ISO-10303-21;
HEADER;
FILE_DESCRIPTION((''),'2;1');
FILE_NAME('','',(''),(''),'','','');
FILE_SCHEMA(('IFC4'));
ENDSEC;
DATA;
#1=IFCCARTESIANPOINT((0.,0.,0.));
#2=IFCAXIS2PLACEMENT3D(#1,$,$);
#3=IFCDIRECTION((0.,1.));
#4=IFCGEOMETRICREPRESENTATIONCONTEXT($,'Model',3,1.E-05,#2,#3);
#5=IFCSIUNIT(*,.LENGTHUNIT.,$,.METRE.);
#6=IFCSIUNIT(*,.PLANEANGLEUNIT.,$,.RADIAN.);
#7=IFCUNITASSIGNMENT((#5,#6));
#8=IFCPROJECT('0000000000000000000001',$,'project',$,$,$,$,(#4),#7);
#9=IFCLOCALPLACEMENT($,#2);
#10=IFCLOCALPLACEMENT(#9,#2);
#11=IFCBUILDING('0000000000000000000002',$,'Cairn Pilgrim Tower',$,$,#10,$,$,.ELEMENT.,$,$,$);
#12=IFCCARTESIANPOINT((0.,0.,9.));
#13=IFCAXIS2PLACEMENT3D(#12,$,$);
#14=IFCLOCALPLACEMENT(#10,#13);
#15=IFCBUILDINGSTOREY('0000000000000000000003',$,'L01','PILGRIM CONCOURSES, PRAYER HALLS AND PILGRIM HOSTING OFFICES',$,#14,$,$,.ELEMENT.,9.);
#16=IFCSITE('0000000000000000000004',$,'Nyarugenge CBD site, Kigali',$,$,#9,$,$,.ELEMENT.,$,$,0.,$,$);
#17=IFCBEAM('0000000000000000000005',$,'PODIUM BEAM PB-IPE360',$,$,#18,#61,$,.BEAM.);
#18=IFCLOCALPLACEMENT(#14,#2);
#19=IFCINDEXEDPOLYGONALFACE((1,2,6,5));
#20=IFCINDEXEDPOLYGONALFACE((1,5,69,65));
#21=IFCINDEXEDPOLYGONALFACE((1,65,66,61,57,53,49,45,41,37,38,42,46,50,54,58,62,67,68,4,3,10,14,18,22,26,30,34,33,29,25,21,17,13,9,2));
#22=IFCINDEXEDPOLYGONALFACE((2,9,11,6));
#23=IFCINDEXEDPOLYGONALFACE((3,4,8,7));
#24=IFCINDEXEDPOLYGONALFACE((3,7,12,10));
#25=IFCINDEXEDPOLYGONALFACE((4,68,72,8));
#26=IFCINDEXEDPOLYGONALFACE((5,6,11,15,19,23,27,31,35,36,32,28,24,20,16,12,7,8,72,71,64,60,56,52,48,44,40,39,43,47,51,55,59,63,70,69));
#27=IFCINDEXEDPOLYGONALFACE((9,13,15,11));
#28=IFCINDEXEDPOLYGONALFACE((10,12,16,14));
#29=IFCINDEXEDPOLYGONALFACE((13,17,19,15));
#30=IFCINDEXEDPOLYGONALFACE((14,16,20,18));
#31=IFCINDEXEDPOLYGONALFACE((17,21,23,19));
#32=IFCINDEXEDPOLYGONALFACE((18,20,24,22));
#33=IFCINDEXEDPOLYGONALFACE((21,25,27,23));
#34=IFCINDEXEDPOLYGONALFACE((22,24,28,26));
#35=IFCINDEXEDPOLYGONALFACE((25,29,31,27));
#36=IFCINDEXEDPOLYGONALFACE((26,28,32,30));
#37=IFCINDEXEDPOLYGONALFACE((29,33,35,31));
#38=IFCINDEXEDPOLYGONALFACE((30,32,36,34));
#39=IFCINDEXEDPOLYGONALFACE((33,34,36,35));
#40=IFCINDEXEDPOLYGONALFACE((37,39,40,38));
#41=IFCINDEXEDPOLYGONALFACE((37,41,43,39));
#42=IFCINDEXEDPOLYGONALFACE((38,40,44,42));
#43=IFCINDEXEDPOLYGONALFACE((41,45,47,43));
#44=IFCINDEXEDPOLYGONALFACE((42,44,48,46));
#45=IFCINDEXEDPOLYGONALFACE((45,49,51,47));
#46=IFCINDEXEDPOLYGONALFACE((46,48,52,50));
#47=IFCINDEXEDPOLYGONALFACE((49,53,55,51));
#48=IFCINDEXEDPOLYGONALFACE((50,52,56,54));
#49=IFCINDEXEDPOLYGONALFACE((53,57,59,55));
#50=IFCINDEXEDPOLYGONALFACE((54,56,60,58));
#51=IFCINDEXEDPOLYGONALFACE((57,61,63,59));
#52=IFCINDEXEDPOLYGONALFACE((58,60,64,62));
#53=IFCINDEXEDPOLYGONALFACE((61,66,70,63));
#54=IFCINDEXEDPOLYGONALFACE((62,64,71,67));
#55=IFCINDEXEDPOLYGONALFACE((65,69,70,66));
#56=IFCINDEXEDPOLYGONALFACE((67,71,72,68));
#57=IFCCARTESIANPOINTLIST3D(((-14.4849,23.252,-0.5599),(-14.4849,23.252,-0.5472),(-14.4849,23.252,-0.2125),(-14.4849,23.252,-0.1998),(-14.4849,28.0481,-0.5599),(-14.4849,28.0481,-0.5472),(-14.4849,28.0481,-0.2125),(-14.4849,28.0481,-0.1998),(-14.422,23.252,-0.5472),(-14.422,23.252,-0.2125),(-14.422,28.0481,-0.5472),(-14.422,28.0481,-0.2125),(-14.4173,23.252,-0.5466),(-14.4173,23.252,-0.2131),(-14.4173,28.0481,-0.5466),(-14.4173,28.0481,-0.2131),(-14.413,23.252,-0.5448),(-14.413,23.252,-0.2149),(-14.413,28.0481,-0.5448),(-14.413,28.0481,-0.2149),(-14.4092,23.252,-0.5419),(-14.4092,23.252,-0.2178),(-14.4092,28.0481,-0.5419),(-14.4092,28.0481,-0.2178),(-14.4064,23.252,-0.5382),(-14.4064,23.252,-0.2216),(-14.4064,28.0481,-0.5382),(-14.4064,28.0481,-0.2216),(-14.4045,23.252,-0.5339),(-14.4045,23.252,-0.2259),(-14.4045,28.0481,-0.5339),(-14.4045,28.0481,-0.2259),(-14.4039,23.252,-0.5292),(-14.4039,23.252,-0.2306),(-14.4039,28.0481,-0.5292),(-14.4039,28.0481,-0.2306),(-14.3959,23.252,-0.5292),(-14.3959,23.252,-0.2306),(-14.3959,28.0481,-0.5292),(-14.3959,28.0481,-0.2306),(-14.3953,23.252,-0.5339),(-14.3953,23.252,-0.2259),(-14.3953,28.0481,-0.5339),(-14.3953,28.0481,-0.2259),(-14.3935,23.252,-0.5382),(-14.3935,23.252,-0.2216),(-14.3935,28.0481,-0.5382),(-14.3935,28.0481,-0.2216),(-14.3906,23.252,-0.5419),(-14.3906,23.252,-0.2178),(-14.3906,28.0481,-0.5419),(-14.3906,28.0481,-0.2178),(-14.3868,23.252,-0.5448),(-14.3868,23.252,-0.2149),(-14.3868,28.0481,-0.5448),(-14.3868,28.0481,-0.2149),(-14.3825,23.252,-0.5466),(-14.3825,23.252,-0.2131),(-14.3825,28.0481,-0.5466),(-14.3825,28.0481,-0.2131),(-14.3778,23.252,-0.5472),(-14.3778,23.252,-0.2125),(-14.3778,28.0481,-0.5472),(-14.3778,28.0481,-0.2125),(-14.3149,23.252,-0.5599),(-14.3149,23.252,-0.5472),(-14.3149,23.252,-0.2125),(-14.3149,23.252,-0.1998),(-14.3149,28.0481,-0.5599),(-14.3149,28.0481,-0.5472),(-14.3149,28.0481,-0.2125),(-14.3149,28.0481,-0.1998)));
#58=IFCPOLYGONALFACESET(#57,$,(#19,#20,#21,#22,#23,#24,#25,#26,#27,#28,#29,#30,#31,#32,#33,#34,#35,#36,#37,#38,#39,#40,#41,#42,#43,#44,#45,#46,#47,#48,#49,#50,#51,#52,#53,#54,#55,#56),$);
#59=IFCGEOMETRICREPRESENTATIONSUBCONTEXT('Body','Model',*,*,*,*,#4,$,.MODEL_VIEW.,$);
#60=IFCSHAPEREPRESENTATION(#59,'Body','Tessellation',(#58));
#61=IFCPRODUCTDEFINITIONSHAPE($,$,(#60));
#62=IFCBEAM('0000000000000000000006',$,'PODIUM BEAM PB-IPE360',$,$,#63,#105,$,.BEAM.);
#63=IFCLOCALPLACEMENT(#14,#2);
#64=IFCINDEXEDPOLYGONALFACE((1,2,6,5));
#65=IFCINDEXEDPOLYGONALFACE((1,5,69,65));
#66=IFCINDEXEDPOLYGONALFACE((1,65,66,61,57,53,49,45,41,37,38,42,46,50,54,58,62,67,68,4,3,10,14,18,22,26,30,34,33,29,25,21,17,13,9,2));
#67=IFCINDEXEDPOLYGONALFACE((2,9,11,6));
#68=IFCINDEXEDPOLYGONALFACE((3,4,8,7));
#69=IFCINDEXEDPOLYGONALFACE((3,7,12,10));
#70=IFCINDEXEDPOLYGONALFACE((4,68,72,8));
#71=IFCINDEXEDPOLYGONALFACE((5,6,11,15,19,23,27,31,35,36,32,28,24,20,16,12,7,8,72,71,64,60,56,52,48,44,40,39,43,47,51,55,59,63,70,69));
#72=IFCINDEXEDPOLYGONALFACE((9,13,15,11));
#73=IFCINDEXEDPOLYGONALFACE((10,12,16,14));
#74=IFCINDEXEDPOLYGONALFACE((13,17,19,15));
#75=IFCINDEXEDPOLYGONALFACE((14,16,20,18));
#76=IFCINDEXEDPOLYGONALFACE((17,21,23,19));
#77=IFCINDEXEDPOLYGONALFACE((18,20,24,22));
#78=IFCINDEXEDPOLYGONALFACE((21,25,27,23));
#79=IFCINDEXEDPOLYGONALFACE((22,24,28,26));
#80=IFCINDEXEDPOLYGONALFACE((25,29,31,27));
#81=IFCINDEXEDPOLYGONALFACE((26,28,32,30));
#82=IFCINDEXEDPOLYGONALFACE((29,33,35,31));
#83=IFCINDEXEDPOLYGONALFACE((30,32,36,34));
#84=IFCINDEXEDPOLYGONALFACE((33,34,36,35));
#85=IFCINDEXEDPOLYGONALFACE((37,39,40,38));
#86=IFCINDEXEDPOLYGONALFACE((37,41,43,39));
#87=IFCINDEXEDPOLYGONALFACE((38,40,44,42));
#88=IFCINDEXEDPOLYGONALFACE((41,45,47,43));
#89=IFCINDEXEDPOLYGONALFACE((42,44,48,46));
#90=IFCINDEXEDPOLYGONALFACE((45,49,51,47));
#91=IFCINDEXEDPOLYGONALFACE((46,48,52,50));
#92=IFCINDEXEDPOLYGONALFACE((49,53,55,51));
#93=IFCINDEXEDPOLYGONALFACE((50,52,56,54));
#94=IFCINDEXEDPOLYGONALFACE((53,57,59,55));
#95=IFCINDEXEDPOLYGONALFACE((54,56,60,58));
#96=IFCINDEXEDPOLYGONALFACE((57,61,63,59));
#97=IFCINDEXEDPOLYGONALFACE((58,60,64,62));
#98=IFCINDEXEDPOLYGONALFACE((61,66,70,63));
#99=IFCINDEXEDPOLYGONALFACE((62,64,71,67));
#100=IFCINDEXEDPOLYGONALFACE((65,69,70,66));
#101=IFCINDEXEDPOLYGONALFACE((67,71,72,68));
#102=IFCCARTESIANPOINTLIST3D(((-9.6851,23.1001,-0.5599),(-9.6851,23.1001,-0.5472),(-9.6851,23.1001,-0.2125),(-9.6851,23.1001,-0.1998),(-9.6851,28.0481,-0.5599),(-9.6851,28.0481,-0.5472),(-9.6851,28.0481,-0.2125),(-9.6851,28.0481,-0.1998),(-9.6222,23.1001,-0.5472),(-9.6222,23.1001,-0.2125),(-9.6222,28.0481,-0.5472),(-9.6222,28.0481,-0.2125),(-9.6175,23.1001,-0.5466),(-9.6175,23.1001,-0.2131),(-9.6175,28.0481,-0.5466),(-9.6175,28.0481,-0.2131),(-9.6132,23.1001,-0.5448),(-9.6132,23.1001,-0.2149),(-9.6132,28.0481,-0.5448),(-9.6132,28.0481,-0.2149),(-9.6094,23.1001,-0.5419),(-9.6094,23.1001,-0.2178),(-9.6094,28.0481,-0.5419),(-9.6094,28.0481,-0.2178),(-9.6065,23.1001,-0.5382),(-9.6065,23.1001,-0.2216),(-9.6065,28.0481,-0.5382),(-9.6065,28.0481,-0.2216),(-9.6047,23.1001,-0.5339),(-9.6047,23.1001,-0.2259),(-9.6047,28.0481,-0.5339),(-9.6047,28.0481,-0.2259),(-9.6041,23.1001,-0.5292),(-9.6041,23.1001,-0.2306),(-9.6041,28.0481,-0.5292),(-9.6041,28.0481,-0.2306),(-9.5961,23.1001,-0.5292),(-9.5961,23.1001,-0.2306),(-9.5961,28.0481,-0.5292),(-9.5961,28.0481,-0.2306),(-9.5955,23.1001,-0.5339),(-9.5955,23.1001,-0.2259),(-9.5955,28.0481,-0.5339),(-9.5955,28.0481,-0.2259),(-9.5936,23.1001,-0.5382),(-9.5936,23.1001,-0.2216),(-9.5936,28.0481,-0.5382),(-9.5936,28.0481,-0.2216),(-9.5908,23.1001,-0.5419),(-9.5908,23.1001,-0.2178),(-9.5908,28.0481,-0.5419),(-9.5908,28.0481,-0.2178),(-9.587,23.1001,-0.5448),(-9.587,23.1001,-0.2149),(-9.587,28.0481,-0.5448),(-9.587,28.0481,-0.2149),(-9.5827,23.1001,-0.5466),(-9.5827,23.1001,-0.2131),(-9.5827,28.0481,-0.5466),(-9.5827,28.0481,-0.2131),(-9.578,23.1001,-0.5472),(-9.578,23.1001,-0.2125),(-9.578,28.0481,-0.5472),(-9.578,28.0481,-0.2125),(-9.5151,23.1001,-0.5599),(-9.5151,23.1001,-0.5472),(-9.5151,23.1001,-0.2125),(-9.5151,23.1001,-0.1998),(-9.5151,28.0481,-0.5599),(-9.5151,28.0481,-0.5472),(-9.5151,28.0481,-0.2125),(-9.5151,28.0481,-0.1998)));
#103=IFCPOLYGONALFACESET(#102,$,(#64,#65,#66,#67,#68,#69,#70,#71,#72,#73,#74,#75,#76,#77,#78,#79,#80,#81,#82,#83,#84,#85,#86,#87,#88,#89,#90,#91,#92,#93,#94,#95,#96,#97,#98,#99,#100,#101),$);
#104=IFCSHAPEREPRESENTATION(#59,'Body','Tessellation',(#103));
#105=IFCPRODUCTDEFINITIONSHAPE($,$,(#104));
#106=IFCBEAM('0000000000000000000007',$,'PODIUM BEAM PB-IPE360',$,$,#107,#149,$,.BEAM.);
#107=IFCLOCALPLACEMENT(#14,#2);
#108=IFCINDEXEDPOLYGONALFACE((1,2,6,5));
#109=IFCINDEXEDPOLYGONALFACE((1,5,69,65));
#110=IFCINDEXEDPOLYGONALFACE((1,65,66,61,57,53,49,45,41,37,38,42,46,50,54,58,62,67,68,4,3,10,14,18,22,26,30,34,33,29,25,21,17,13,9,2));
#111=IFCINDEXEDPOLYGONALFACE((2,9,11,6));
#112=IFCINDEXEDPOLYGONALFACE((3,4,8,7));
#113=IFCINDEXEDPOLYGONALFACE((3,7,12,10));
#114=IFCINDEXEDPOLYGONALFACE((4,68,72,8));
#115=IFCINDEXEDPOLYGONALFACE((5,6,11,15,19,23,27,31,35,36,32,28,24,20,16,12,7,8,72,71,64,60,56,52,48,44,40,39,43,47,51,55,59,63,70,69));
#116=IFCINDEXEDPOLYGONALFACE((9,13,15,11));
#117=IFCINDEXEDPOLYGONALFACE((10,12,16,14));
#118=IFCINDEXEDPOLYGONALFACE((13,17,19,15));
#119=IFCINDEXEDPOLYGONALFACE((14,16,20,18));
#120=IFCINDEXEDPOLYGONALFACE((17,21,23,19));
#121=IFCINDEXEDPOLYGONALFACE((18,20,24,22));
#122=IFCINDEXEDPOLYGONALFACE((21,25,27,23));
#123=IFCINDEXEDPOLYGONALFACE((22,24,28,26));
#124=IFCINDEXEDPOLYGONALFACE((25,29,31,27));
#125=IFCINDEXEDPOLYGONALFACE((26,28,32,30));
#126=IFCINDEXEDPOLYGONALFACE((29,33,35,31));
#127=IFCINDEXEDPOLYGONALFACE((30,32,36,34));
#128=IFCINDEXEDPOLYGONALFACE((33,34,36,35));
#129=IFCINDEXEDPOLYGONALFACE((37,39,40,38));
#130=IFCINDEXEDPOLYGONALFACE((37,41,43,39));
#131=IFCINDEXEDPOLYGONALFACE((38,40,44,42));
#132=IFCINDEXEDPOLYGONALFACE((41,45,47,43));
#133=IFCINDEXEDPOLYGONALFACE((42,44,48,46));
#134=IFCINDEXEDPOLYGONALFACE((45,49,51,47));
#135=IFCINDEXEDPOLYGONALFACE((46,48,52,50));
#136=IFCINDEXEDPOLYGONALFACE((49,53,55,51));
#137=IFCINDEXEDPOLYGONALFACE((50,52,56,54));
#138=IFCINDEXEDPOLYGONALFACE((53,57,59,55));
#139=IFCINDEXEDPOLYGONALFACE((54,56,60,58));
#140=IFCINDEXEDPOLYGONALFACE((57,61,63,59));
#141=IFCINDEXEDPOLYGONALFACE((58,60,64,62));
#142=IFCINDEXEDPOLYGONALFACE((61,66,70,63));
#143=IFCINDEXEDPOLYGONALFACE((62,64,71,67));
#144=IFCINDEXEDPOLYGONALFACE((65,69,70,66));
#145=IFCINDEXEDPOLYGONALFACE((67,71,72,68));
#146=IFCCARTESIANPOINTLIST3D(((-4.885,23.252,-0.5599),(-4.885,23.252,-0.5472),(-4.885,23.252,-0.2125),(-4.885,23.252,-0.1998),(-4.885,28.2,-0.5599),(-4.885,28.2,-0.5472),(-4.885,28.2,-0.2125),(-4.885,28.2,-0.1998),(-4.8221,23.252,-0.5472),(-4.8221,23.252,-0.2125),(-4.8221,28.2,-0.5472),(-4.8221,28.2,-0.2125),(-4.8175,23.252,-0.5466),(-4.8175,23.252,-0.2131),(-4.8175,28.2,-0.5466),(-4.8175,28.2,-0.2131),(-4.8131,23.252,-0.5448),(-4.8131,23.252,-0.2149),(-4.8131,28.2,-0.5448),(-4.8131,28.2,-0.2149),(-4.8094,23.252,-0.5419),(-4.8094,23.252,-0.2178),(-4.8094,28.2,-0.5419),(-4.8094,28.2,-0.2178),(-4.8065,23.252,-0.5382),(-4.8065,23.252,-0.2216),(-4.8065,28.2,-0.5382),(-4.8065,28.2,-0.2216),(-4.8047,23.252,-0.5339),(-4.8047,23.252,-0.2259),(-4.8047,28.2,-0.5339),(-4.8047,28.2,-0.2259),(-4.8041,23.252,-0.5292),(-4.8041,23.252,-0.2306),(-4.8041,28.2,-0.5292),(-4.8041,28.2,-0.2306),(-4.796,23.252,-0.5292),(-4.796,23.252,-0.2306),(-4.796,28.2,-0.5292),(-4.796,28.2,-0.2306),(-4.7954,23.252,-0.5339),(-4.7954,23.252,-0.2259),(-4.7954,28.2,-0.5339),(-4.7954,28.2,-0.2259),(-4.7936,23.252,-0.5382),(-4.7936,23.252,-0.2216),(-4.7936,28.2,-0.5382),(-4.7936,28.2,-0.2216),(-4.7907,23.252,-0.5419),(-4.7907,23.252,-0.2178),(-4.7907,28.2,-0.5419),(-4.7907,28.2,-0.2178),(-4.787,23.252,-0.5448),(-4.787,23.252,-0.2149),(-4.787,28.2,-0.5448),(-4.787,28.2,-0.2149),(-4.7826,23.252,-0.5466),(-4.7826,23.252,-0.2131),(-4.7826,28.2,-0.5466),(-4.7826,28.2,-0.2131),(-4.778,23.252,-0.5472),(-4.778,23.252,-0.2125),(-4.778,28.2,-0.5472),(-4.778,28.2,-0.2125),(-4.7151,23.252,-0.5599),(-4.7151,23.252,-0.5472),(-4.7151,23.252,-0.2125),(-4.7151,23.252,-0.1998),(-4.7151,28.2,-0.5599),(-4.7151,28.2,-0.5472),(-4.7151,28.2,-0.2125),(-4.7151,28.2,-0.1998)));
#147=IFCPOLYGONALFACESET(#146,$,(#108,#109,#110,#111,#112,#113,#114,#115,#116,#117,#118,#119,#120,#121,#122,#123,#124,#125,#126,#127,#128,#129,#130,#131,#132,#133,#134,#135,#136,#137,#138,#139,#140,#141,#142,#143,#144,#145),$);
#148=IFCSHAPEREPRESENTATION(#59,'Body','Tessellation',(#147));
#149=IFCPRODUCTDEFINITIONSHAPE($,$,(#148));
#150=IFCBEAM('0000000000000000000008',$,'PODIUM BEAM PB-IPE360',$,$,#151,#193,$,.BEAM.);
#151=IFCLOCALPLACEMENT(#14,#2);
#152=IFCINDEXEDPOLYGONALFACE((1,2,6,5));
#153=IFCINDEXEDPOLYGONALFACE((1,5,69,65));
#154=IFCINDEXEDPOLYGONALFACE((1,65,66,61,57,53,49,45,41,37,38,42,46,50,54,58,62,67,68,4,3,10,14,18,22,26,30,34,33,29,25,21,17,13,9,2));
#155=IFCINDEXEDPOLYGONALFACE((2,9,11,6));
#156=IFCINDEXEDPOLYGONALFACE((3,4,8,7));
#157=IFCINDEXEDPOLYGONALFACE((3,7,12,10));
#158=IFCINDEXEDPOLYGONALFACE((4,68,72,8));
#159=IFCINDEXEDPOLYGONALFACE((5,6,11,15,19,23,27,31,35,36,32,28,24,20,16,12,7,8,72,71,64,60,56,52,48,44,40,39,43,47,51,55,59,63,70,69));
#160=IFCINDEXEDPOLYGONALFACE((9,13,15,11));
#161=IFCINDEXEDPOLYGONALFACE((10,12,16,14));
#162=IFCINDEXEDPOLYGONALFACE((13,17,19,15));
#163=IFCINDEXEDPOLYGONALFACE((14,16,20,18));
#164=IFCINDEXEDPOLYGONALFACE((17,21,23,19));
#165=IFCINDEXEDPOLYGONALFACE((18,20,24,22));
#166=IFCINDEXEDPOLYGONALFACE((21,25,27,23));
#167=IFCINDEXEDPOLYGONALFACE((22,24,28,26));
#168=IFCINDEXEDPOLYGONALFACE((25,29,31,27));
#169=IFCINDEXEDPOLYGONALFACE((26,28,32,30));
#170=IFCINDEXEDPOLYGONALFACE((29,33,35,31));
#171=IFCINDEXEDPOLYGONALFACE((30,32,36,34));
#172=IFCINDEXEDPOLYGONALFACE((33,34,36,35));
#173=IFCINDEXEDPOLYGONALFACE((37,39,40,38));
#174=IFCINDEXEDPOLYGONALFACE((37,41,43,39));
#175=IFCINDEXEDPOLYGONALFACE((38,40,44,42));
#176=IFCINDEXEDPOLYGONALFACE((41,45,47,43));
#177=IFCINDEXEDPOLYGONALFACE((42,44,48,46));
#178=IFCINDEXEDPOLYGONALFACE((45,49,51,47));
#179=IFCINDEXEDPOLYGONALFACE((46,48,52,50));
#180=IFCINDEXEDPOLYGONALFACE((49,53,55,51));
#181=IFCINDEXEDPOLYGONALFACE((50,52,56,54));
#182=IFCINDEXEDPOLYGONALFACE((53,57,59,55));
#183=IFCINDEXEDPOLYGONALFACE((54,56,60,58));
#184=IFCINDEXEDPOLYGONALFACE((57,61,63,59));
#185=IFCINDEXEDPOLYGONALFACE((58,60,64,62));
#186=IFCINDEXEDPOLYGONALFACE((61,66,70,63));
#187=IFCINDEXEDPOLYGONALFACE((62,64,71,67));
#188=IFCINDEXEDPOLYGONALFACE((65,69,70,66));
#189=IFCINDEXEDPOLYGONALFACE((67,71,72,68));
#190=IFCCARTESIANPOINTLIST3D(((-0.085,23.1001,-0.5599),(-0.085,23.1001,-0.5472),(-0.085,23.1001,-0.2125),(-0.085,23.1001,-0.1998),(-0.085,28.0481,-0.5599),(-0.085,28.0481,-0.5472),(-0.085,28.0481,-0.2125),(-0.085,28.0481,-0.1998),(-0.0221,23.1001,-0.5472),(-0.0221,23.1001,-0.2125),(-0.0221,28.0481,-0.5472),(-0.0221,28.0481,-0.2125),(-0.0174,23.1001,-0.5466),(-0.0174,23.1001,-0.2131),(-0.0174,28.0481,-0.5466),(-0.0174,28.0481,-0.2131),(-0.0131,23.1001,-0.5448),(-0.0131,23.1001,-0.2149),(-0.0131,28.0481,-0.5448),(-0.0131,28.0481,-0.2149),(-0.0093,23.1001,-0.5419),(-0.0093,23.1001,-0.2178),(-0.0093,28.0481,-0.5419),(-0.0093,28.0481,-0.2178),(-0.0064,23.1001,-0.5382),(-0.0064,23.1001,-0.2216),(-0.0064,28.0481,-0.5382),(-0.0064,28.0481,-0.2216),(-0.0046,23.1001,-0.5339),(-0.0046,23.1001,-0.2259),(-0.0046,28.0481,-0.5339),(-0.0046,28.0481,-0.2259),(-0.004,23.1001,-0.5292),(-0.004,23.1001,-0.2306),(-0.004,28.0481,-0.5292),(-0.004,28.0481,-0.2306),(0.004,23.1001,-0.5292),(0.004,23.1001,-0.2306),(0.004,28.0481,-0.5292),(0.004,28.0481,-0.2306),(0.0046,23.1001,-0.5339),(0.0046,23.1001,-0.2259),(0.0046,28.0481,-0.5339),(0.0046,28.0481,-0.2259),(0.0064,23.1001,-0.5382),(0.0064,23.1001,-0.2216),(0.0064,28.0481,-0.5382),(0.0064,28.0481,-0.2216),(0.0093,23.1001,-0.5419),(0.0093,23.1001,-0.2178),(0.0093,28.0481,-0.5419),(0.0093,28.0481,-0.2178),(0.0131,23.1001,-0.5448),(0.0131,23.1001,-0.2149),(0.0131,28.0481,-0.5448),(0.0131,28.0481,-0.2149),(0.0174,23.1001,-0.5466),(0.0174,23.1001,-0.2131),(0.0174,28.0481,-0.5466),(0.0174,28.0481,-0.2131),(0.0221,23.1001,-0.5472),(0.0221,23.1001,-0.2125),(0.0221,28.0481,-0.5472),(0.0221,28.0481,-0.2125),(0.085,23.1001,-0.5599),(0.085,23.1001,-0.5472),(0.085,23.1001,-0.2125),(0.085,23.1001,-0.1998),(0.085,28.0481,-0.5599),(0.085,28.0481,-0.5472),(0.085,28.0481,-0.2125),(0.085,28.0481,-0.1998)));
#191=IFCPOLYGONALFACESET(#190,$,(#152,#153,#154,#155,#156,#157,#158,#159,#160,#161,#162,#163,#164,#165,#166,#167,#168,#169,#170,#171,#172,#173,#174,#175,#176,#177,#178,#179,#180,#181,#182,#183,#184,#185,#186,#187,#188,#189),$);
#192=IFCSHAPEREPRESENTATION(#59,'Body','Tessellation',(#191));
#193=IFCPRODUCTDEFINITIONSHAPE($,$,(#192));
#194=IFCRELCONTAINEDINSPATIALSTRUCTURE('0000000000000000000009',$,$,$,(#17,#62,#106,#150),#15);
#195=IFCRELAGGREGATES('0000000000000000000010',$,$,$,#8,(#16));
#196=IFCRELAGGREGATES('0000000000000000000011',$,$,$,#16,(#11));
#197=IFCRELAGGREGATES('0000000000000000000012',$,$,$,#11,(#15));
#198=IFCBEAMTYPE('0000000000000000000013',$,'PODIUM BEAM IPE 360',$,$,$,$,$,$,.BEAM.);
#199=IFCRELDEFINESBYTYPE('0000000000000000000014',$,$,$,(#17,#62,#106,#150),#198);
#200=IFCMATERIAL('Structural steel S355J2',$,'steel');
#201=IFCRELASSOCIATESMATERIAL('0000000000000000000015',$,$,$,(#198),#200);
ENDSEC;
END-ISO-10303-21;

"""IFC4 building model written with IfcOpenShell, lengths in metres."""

from ifc_helpers import new_model, si_unit, direction, frame, origin, origin_2d, place, context, subcontext, project, spatial, i_section, extrude, material, material_profile, profile_set, type_object, element, save


model = new_model("IFC4")

# Units and contexts
model_context = context("Model", 3, precision=1e-05, world=origin(), true_north=direction((0.0, 1.0)))
body_context = subcontext(model_context, "Body", "Model", "MODEL_VIEW")
ifc_project = project(units=[si_unit("LENGTHUNIT", "METRE"), si_unit("PLANEANGLEUNIT", "RADIAN")], contexts=[model_context])

# Site, building, storey
site_placement = place(None, origin())
site = spatial("IfcSite", under=ifc_project, at=site_placement, Name="Nyarugenge CBD site, Kigali", CompositionType="ELEMENT", RefElevation=0.0)
building_placement = place(site_placement, origin())
building = spatial("IfcBuilding", under=site, at=building_placement, Name="Cairn Pilgrim Tower", CompositionType="ELEMENT")
storey_placement = place(building_placement, frame((0.0, 0.0, 9.0)))
storey = spatial("IfcBuildingStorey", under=building, at=storey_placement, Name="L01", Description="PILGRIM CONCOURSES, PRAYER HALLS AND PILGRIM HOSTING OFFICES", CompositionType="ELEMENT", Elevation=9.0)

# Beams
ifc_material_1 = material(Name="Structural steel S355J2", Category="steel")
ifc_material_profile_1 = material_profile(ifc_material_1, i_section(OverallWidth=0.1699, OverallDepth=0.3601, WebThickness=0.0081, FlangeThickness=0.0127, FilletRadius=0.0181, at=origin_2d()), Name="IPE 360")
ifc_profile_set_1 = profile_set([ifc_material_profile_1], Name="Structural steel S355J2")
beam_type_1 = type_object("IfcBeamType", Name="PODIUM BEAM IPE 360", PredefinedType="BEAM", material=ifc_profile_set_1)
beam_1_placement = place(storey_placement, frame((-14.3999, 23.252, -0.3799), z_axis=(0.0, 1.0, 0.0), x_axis=(-1.0, 0.0, 0.0)))
element("IfcBeam", 1, at=beam_1_placement, inside=storey, type_object=beam_type_1, Name="PODIUM BEAM PB-IPE360", PredefinedType="BEAM", context=body_context, shape_type="SweptSolid", body=[
    extrude(i_section(OverallWidth=0.1699, OverallDepth=0.3601, WebThickness=0.0081, FlangeThickness=0.0127, FilletRadius=0.0181, at=origin_2d()), origin(), (0.0, 0.0, 1.0), 4.7961),
])
for number, where, z_axis, x_axis, name in (
    (2, (-9.6001, 23.1001, -0.3799), (0.0, 1.0, 0.0), (-1.0, 0.0, 0.0), "PODIUM BEAM PB-IPE360"),
    (3, (-4.8, 23.252, -0.3799), (0.0, 1.0, 0.0), (-1.0, 0.0, 0.0), "PODIUM BEAM PB-IPE360"),
    (4, (0.0, 23.1001, -0.3799), (0.0, 1.0, 0.0), (-1.0, 0.0, 0.0), "PODIUM BEAM PB-IPE360"),
):
    element("IfcBeam", number, at=place(storey_placement, frame(where, z_axis=z_axis, x_axis=x_axis)), inside=storey, type_object=beam_type_1, Name=name, PredefinedType="BEAM", context=body_context, shape_type="SweptSolid", body=[
        extrude(i_section(OverallWidth=0.1699, OverallDepth=0.3601, WebThickness=0.0081, FlangeThickness=0.0127, FilletRadius=0.0181, at=origin_2d()), origin(), (0.0, 0.0, 1.0), 4.948),
    ])

save(model, "model.ifc")
